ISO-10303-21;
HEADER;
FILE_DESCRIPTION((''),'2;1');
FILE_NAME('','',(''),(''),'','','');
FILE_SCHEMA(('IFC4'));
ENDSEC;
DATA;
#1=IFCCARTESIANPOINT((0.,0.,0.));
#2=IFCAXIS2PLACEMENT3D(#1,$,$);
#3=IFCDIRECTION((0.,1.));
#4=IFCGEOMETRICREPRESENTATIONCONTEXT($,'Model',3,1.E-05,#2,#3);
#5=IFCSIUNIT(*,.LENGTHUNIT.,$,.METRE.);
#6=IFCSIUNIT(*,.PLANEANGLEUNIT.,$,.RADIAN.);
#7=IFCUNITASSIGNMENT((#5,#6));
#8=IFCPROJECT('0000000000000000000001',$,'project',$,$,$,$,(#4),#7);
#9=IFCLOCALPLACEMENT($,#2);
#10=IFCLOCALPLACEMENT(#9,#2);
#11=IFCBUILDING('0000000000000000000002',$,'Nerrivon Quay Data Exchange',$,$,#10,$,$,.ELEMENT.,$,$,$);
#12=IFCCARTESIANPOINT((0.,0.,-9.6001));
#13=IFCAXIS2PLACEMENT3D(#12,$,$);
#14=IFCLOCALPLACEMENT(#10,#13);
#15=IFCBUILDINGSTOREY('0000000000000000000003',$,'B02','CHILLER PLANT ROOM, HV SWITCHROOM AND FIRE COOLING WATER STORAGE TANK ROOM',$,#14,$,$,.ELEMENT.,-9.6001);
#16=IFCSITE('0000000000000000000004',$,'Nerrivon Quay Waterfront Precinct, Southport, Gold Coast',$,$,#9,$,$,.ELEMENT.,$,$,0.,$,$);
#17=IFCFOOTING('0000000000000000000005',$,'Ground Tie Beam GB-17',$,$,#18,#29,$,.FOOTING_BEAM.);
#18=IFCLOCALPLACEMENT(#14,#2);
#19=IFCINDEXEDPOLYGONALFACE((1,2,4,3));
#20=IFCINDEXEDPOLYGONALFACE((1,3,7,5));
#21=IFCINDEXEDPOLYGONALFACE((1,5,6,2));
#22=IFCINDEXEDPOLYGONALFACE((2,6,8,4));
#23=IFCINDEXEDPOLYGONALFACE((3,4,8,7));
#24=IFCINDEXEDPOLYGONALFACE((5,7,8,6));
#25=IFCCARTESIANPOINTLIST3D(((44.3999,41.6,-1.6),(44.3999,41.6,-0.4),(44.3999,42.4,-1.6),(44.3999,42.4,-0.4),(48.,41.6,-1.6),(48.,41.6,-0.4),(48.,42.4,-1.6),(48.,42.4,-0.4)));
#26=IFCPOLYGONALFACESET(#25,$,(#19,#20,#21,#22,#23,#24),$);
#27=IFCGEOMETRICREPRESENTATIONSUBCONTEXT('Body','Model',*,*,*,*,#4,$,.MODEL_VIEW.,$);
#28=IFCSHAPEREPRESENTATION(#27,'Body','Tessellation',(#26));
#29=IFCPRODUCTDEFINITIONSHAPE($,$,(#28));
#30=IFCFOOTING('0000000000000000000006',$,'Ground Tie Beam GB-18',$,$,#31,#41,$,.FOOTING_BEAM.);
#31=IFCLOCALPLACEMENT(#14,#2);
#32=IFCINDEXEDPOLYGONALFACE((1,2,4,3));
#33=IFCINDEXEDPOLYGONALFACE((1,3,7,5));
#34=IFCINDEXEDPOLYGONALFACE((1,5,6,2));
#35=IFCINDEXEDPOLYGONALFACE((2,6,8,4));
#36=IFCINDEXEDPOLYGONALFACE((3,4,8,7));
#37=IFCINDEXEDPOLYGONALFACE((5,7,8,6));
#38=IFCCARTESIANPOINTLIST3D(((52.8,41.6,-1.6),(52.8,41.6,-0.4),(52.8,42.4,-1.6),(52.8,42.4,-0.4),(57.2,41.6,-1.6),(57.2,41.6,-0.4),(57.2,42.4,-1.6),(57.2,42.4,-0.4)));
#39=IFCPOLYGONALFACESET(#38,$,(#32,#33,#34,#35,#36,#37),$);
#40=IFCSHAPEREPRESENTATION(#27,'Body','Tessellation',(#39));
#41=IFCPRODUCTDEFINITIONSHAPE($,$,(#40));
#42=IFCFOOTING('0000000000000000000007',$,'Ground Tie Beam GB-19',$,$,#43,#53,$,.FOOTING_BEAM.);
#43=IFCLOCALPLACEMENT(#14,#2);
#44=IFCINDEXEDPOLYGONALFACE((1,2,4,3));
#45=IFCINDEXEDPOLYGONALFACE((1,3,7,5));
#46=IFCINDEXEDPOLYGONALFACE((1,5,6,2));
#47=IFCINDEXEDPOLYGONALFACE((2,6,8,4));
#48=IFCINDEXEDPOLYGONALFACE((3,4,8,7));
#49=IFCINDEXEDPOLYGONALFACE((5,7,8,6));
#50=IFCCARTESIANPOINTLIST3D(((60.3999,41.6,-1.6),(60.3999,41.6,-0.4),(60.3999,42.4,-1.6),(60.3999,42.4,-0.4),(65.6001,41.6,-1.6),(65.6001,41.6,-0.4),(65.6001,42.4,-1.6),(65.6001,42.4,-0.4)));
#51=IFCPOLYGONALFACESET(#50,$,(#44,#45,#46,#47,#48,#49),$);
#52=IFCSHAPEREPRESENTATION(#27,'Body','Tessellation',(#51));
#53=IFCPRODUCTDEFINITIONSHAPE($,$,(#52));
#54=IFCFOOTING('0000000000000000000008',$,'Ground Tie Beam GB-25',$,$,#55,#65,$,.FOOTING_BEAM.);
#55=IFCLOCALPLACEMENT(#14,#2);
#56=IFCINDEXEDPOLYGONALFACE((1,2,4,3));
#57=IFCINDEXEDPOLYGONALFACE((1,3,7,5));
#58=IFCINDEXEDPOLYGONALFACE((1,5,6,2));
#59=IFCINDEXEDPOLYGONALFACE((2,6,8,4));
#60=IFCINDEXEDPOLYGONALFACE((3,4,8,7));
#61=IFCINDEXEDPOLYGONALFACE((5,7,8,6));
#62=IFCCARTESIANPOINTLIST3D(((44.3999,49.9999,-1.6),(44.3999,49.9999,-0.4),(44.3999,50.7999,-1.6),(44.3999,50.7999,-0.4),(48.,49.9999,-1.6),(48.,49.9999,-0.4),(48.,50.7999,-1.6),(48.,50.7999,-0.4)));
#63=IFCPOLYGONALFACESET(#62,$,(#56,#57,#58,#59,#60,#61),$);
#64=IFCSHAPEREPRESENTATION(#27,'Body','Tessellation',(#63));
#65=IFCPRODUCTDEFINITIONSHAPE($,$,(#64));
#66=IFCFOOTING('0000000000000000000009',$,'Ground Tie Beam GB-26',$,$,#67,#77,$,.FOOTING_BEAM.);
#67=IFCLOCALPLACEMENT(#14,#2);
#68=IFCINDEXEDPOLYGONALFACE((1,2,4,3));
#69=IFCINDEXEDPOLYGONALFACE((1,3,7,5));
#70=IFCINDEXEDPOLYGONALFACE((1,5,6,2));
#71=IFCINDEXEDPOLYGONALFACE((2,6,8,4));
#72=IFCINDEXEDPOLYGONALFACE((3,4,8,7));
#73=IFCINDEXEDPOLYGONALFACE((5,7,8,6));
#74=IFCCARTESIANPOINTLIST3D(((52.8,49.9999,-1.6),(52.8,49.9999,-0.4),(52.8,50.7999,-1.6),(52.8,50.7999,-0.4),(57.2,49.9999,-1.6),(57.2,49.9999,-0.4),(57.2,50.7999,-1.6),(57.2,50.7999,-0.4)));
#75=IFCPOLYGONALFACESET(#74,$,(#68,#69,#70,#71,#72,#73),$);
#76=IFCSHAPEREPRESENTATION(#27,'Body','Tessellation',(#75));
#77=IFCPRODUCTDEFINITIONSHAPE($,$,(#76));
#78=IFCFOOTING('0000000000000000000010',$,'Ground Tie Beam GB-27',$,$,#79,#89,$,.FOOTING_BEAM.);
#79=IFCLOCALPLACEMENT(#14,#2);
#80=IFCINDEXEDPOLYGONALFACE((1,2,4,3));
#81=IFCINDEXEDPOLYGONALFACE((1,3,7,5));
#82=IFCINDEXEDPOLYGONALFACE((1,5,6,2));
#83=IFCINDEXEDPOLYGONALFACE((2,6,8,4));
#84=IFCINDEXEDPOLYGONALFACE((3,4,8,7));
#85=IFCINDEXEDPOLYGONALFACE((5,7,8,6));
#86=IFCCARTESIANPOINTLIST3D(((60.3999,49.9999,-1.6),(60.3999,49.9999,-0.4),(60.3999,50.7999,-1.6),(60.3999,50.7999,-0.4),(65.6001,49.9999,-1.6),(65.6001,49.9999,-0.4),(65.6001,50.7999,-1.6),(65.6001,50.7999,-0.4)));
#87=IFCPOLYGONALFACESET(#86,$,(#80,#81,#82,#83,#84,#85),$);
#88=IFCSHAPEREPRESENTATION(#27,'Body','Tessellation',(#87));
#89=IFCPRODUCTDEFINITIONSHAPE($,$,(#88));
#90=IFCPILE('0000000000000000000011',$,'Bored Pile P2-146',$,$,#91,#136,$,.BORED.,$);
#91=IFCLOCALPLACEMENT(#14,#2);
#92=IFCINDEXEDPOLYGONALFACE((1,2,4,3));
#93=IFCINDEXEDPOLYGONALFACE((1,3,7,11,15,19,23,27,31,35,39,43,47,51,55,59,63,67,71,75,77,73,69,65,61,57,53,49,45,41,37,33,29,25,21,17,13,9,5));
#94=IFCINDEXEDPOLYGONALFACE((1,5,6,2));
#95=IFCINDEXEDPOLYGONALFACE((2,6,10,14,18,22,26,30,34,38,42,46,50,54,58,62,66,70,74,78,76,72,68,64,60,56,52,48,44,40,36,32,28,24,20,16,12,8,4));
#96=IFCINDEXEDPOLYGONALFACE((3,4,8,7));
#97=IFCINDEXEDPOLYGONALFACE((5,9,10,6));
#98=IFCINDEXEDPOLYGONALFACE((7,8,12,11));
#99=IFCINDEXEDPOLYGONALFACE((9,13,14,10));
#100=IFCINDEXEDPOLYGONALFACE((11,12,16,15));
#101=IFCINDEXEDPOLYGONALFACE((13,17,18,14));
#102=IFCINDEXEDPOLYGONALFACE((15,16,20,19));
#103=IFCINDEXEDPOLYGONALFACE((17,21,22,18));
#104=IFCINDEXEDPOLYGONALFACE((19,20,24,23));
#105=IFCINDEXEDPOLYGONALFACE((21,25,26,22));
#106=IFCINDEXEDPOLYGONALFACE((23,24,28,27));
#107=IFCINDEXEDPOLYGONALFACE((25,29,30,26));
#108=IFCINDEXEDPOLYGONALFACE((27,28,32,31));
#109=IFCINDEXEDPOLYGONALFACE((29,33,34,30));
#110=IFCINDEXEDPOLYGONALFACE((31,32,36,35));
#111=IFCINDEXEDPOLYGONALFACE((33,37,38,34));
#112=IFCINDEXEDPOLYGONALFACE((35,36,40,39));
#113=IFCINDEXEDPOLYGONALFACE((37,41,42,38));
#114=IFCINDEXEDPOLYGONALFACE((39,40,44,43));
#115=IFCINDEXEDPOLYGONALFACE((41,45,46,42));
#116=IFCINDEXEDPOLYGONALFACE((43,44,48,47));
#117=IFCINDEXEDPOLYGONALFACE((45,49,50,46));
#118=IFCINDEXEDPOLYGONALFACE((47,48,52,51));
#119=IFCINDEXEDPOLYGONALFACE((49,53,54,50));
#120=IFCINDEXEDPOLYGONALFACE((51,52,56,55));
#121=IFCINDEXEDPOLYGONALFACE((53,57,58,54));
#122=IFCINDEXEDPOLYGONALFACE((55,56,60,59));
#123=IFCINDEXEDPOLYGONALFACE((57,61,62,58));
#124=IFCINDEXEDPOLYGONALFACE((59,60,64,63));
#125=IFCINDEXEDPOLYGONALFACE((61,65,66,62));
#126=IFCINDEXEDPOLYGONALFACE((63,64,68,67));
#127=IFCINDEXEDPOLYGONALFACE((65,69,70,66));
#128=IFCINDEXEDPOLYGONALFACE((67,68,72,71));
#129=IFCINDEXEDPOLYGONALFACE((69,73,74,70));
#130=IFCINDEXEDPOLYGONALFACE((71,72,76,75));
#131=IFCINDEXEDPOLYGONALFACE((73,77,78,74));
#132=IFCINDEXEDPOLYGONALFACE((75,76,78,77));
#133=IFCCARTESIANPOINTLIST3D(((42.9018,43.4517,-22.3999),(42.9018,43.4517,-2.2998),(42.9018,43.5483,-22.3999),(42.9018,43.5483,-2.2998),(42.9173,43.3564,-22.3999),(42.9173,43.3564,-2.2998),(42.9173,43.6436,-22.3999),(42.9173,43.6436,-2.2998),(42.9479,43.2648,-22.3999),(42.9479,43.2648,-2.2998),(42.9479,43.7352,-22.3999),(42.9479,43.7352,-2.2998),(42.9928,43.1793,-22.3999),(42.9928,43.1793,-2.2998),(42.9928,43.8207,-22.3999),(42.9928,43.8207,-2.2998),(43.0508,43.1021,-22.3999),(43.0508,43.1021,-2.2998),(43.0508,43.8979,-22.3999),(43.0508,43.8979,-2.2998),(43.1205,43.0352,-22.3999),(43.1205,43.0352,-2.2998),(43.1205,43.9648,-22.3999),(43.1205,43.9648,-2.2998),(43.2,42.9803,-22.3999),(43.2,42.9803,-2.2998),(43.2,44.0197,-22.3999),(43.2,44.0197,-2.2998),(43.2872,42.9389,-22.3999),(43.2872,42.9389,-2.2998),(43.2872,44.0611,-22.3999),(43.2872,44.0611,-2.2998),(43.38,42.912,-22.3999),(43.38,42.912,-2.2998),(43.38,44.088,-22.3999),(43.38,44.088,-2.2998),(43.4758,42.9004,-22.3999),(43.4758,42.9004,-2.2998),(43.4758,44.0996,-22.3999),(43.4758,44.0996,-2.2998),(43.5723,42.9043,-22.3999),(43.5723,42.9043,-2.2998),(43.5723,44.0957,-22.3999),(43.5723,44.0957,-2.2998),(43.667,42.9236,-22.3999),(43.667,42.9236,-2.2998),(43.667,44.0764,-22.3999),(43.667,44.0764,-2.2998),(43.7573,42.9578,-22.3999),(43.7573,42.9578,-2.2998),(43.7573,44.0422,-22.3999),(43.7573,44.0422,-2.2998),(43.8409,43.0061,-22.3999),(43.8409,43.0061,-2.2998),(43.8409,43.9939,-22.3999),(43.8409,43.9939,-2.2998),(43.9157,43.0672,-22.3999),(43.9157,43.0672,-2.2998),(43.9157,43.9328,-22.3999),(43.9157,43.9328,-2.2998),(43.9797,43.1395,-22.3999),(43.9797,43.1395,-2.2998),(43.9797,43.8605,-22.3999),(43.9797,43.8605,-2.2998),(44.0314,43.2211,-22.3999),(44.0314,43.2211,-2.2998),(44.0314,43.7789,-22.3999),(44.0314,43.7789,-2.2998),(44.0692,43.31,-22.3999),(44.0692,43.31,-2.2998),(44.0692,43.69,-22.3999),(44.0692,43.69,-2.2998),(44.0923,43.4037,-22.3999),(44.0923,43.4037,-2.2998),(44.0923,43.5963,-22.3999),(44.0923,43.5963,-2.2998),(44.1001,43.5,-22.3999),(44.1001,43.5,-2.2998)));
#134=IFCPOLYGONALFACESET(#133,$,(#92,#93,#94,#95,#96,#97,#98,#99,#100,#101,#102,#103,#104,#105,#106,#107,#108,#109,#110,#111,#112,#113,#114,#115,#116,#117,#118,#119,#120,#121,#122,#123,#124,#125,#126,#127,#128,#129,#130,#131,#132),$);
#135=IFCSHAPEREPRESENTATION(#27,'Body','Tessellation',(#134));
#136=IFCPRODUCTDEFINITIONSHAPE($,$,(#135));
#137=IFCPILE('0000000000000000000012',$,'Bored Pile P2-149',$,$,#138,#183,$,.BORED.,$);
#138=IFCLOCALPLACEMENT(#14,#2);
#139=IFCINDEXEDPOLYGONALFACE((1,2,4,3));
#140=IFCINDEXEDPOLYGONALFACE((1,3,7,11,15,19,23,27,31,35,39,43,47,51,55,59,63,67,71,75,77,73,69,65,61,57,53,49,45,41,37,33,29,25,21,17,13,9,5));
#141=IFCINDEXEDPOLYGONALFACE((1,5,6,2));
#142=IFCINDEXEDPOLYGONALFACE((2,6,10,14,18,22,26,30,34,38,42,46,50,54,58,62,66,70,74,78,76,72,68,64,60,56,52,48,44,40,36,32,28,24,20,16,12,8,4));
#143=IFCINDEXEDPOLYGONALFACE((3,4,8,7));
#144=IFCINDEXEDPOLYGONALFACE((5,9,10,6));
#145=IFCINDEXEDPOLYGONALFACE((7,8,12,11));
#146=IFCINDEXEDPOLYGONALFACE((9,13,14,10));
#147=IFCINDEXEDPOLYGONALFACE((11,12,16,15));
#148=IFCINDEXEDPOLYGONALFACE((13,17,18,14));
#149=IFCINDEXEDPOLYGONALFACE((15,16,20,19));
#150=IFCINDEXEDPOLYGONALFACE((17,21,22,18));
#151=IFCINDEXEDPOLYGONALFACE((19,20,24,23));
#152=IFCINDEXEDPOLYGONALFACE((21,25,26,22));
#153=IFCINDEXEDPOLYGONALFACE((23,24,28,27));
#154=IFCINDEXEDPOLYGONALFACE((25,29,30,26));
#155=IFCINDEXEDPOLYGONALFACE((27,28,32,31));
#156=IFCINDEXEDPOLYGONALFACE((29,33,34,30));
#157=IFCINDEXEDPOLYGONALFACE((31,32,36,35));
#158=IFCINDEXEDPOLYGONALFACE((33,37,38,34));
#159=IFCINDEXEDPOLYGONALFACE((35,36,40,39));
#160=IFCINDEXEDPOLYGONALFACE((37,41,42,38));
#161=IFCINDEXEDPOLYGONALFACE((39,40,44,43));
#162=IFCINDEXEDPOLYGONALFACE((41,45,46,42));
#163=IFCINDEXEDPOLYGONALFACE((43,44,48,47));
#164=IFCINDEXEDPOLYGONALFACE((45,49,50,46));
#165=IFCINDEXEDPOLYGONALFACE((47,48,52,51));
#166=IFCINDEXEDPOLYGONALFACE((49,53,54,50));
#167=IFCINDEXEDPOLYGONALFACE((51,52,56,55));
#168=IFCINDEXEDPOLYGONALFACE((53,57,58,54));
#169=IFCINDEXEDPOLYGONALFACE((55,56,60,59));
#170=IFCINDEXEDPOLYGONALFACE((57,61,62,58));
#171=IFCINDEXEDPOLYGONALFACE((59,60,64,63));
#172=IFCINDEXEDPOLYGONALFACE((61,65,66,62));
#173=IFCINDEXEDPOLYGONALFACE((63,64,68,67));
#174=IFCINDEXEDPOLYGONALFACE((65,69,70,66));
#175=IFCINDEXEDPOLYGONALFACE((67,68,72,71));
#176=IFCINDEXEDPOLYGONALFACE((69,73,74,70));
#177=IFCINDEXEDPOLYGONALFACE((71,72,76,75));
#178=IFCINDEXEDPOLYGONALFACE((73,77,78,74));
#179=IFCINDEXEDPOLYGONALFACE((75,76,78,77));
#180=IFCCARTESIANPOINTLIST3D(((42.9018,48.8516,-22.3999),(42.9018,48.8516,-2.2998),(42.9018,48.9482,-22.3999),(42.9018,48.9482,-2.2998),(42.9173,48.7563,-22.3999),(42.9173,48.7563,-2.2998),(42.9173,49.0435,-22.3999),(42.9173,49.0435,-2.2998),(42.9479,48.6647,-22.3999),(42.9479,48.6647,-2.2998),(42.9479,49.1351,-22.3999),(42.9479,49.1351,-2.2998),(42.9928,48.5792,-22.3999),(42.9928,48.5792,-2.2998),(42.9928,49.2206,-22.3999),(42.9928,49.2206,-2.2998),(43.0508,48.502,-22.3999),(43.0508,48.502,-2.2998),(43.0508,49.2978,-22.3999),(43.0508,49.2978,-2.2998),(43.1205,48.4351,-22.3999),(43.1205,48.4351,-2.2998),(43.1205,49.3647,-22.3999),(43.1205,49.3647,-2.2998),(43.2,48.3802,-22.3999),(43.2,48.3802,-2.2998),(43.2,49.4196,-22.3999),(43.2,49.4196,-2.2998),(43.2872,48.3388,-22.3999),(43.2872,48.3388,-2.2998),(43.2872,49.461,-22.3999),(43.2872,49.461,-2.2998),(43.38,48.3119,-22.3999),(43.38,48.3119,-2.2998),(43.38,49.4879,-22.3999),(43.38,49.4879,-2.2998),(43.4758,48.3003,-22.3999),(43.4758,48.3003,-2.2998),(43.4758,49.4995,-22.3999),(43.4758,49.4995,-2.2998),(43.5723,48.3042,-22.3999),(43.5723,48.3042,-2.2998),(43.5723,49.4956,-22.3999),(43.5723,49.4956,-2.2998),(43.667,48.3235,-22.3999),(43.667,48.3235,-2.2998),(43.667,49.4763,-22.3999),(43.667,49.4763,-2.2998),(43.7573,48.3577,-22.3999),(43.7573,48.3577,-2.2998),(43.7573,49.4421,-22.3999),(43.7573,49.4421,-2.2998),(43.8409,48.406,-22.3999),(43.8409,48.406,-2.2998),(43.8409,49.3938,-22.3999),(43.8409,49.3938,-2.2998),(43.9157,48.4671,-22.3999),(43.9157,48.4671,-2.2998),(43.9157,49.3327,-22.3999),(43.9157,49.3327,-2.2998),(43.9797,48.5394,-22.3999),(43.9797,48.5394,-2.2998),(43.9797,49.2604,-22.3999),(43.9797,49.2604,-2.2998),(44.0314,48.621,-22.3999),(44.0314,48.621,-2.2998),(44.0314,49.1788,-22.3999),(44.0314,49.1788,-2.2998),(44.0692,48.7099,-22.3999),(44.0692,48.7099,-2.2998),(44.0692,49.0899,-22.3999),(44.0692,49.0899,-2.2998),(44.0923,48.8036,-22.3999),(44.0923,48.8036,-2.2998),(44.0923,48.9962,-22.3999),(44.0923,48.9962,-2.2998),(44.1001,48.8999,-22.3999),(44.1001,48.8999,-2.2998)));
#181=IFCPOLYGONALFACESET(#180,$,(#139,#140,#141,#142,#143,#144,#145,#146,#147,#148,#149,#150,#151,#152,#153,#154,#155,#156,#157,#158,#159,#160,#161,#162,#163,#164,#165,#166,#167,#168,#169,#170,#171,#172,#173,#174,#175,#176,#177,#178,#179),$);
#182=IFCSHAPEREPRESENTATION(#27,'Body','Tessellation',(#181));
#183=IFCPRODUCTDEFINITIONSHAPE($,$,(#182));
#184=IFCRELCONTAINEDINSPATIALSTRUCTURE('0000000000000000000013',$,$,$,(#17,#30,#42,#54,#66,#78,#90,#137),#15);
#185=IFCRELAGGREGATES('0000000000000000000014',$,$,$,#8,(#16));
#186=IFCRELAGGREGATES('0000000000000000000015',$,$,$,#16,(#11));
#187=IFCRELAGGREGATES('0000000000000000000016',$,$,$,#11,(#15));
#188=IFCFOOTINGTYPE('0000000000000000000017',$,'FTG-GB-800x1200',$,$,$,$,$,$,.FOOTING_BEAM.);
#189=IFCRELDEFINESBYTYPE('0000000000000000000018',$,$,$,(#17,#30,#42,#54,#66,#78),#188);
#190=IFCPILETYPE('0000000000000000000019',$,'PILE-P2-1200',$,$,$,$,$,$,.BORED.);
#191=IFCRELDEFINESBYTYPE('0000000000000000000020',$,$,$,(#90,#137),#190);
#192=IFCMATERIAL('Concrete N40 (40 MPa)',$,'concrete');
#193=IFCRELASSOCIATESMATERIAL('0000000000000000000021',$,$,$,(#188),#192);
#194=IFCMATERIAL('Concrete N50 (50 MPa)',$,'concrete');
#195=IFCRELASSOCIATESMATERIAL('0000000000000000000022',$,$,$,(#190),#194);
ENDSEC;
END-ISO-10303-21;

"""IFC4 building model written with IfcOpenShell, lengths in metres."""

from ifc_helpers import new_model, si_unit, direction, frame, origin, origin_2d, place, context, subcontext, project, spatial, rectangle, circle, extrude, material, material_profile, profile_set, type_object, element, save


model = new_model("IFC4")

# Units and contexts
model_context = context("Model", 3, precision=1e-05, world=origin(), true_north=direction((0.0, 1.0)))
body_context = subcontext(model_context, "Body", "Model", "MODEL_VIEW")
ifc_project = project(units=[si_unit("LENGTHUNIT", "METRE"), si_unit("PLANEANGLEUNIT", "RADIAN")], contexts=[model_context])

# Site, building, storey
site_placement = place(None, origin())
site = spatial("IfcSite", under=ifc_project, at=site_placement, Name="Nerrivon Quay Waterfront Precinct, Southport, Gold Coast", CompositionType="ELEMENT", RefElevation=0.0)
building_placement = place(site_placement, origin())
building = spatial("IfcBuilding", under=site, at=building_placement, Name="Nerrivon Quay Data Exchange", CompositionType="ELEMENT")
storey_placement = place(building_placement, frame((0.0, 0.0, -9.6001)))
storey = spatial("IfcBuildingStorey", under=building, at=storey_placement, Name="B02", Description="CHILLER PLANT ROOM, HV SWITCHROOM AND FIRE COOLING WATER STORAGE TANK ROOM", CompositionType="ELEMENT", Elevation=-9.6001)

# Footings
ifc_material_1 = material(Name="Concrete N40 (40 MPa)", Category="concrete")
ifc_material_profile_1 = material_profile(ifc_material_1, rectangle(XDim=0.8, YDim=1.2, at=origin_2d()), Name="RC-GB-800x1200")
ifc_profile_set_1 = profile_set([ifc_material_profile_1], Name="Concrete N40 (40 MPa)")
footing_type = type_object("IfcFootingType", Name="FTG-GB-800x1200", PredefinedType="FOOTING_BEAM", material=ifc_profile_set_1)
footing_1_placement = place(storey_placement, frame((44.3999, 42.0, -1.0), z_axis=(1.0, 0.0, 0.0), x_axis=(0.0, 1.0, 0.0)))
element("IfcFooting", 1, at=footing_1_placement, inside=storey, type_object=footing_type, Name="Ground Tie Beam GB-17", PredefinedType="FOOTING_BEAM", context=body_context, shape_type="SweptSolid", body=[
    extrude(rectangle(XDim=0.8, YDim=1.2, at=origin_2d()), origin(), (0.0, 0.0, 1.0), 3.6001),
])
footing_2_placement = place(storey_placement, frame((52.8, 42.0, -1.0), z_axis=(1.0, 0.0, 0.0), x_axis=(0.0, 1.0, 0.0)))
element("IfcFooting", 2, at=footing_2_placement, inside=storey, type_object=footing_type, Name="Ground Tie Beam GB-18", PredefinedType="FOOTING_BEAM", context=body_context, shape_type="SweptSolid", body=[
    extrude(rectangle(XDim=0.8, YDim=1.2, at=origin_2d()), origin(), (0.0, 0.0, 1.0), 4.3999),
])
footing_3_placement = place(storey_placement, frame((60.3999, 42.0, -1.0), z_axis=(1.0, 0.0, 0.0), x_axis=(0.0, 1.0, 0.0)))
element("IfcFooting", 3, at=footing_3_placement, inside=storey, type_object=footing_type, Name="Ground Tie Beam GB-19", PredefinedType="FOOTING_BEAM", context=body_context, shape_type="SweptSolid", body=[
    extrude(rectangle(XDim=0.8, YDim=1.2, at=origin_2d()), origin(), (0.0, 0.0, 1.0), 5.2002),
])
footing_4_placement = place(storey_placement, frame((44.3999, 50.3999, -1.0), z_axis=(1.0, 0.0, 0.0), x_axis=(0.0, 1.0, 0.0)))
element("IfcFooting", 4, at=footing_4_placement, inside=storey, type_object=footing_type, Name="Ground Tie Beam GB-25", PredefinedType="FOOTING_BEAM", context=body_context, shape_type="SweptSolid", body=[
    extrude(rectangle(XDim=0.8, YDim=1.2, at=origin_2d()), origin(), (0.0, 0.0, 1.0), 3.6001),
])
footing_5_placement = place(storey_placement, frame((52.8, 50.3999, -1.0), z_axis=(1.0, 0.0, 0.0), x_axis=(0.0, 1.0, 0.0)))
element("IfcFooting", 5, at=footing_5_placement, inside=storey, type_object=footing_type, Name="Ground Tie Beam GB-26", PredefinedType="FOOTING_BEAM", context=body_context, shape_type="SweptSolid", body=[
    extrude(rectangle(XDim=0.8, YDim=1.2, at=origin_2d()), origin(), (0.0, 0.0, 1.0), 4.3999),
])
footing_6_placement = place(storey_placement, frame((60.3999, 50.3999, -1.0), z_axis=(1.0, 0.0, 0.0), x_axis=(0.0, 1.0, 0.0)))
element("IfcFooting", 6, at=footing_6_placement, inside=storey, type_object=footing_type, Name="Ground Tie Beam GB-27", PredefinedType="FOOTING_BEAM", context=body_context, shape_type="SweptSolid", body=[
    extrude(rectangle(XDim=0.8, YDim=1.2, at=origin_2d()), origin(), (0.0, 0.0, 1.0), 5.2002),
])

# Piles
ifc_material_2 = material(Name="Concrete N50 (50 MPa)", Category="concrete")
ifc_material_profile_2 = material_profile(ifc_material_2, circle(Radius=0.6001, at=origin_2d()), Name="PILE-1200")
ifc_profile_set_2 = profile_set([ifc_material_profile_2], Name="Concrete N50 (50 MPa)")
pile_type = type_object("IfcPileType", Name="PILE-P2-1200", PredefinedType="BORED", material=ifc_profile_set_2)
for number, where, z_axis, x_axis, name in (
    (7, (43.5, 43.5, -2.2998), (0.0, 0.0, -1.0), (1.0, 0.0, 0.0), "Bored Pile P2-146"),
    (8, (43.5, 48.8999, -2.2998), (0.0, 0.0, -1.0), (1.0, 0.0, 0.0), "Bored Pile P2-149"),
):
    element("IfcPile", number, at=place(storey_placement, frame(where, z_axis=z_axis, x_axis=x_axis)), inside=storey, type_object=pile_type, Name=name, PredefinedType="BORED", context=body_context, shape_type="SweptSolid", body=[
        extrude(circle(Radius=0.6001, at=origin_2d()), origin(), (0.0, 0.0, 1.0), 20.1001),
    ])

save(model, "model.ifc")
